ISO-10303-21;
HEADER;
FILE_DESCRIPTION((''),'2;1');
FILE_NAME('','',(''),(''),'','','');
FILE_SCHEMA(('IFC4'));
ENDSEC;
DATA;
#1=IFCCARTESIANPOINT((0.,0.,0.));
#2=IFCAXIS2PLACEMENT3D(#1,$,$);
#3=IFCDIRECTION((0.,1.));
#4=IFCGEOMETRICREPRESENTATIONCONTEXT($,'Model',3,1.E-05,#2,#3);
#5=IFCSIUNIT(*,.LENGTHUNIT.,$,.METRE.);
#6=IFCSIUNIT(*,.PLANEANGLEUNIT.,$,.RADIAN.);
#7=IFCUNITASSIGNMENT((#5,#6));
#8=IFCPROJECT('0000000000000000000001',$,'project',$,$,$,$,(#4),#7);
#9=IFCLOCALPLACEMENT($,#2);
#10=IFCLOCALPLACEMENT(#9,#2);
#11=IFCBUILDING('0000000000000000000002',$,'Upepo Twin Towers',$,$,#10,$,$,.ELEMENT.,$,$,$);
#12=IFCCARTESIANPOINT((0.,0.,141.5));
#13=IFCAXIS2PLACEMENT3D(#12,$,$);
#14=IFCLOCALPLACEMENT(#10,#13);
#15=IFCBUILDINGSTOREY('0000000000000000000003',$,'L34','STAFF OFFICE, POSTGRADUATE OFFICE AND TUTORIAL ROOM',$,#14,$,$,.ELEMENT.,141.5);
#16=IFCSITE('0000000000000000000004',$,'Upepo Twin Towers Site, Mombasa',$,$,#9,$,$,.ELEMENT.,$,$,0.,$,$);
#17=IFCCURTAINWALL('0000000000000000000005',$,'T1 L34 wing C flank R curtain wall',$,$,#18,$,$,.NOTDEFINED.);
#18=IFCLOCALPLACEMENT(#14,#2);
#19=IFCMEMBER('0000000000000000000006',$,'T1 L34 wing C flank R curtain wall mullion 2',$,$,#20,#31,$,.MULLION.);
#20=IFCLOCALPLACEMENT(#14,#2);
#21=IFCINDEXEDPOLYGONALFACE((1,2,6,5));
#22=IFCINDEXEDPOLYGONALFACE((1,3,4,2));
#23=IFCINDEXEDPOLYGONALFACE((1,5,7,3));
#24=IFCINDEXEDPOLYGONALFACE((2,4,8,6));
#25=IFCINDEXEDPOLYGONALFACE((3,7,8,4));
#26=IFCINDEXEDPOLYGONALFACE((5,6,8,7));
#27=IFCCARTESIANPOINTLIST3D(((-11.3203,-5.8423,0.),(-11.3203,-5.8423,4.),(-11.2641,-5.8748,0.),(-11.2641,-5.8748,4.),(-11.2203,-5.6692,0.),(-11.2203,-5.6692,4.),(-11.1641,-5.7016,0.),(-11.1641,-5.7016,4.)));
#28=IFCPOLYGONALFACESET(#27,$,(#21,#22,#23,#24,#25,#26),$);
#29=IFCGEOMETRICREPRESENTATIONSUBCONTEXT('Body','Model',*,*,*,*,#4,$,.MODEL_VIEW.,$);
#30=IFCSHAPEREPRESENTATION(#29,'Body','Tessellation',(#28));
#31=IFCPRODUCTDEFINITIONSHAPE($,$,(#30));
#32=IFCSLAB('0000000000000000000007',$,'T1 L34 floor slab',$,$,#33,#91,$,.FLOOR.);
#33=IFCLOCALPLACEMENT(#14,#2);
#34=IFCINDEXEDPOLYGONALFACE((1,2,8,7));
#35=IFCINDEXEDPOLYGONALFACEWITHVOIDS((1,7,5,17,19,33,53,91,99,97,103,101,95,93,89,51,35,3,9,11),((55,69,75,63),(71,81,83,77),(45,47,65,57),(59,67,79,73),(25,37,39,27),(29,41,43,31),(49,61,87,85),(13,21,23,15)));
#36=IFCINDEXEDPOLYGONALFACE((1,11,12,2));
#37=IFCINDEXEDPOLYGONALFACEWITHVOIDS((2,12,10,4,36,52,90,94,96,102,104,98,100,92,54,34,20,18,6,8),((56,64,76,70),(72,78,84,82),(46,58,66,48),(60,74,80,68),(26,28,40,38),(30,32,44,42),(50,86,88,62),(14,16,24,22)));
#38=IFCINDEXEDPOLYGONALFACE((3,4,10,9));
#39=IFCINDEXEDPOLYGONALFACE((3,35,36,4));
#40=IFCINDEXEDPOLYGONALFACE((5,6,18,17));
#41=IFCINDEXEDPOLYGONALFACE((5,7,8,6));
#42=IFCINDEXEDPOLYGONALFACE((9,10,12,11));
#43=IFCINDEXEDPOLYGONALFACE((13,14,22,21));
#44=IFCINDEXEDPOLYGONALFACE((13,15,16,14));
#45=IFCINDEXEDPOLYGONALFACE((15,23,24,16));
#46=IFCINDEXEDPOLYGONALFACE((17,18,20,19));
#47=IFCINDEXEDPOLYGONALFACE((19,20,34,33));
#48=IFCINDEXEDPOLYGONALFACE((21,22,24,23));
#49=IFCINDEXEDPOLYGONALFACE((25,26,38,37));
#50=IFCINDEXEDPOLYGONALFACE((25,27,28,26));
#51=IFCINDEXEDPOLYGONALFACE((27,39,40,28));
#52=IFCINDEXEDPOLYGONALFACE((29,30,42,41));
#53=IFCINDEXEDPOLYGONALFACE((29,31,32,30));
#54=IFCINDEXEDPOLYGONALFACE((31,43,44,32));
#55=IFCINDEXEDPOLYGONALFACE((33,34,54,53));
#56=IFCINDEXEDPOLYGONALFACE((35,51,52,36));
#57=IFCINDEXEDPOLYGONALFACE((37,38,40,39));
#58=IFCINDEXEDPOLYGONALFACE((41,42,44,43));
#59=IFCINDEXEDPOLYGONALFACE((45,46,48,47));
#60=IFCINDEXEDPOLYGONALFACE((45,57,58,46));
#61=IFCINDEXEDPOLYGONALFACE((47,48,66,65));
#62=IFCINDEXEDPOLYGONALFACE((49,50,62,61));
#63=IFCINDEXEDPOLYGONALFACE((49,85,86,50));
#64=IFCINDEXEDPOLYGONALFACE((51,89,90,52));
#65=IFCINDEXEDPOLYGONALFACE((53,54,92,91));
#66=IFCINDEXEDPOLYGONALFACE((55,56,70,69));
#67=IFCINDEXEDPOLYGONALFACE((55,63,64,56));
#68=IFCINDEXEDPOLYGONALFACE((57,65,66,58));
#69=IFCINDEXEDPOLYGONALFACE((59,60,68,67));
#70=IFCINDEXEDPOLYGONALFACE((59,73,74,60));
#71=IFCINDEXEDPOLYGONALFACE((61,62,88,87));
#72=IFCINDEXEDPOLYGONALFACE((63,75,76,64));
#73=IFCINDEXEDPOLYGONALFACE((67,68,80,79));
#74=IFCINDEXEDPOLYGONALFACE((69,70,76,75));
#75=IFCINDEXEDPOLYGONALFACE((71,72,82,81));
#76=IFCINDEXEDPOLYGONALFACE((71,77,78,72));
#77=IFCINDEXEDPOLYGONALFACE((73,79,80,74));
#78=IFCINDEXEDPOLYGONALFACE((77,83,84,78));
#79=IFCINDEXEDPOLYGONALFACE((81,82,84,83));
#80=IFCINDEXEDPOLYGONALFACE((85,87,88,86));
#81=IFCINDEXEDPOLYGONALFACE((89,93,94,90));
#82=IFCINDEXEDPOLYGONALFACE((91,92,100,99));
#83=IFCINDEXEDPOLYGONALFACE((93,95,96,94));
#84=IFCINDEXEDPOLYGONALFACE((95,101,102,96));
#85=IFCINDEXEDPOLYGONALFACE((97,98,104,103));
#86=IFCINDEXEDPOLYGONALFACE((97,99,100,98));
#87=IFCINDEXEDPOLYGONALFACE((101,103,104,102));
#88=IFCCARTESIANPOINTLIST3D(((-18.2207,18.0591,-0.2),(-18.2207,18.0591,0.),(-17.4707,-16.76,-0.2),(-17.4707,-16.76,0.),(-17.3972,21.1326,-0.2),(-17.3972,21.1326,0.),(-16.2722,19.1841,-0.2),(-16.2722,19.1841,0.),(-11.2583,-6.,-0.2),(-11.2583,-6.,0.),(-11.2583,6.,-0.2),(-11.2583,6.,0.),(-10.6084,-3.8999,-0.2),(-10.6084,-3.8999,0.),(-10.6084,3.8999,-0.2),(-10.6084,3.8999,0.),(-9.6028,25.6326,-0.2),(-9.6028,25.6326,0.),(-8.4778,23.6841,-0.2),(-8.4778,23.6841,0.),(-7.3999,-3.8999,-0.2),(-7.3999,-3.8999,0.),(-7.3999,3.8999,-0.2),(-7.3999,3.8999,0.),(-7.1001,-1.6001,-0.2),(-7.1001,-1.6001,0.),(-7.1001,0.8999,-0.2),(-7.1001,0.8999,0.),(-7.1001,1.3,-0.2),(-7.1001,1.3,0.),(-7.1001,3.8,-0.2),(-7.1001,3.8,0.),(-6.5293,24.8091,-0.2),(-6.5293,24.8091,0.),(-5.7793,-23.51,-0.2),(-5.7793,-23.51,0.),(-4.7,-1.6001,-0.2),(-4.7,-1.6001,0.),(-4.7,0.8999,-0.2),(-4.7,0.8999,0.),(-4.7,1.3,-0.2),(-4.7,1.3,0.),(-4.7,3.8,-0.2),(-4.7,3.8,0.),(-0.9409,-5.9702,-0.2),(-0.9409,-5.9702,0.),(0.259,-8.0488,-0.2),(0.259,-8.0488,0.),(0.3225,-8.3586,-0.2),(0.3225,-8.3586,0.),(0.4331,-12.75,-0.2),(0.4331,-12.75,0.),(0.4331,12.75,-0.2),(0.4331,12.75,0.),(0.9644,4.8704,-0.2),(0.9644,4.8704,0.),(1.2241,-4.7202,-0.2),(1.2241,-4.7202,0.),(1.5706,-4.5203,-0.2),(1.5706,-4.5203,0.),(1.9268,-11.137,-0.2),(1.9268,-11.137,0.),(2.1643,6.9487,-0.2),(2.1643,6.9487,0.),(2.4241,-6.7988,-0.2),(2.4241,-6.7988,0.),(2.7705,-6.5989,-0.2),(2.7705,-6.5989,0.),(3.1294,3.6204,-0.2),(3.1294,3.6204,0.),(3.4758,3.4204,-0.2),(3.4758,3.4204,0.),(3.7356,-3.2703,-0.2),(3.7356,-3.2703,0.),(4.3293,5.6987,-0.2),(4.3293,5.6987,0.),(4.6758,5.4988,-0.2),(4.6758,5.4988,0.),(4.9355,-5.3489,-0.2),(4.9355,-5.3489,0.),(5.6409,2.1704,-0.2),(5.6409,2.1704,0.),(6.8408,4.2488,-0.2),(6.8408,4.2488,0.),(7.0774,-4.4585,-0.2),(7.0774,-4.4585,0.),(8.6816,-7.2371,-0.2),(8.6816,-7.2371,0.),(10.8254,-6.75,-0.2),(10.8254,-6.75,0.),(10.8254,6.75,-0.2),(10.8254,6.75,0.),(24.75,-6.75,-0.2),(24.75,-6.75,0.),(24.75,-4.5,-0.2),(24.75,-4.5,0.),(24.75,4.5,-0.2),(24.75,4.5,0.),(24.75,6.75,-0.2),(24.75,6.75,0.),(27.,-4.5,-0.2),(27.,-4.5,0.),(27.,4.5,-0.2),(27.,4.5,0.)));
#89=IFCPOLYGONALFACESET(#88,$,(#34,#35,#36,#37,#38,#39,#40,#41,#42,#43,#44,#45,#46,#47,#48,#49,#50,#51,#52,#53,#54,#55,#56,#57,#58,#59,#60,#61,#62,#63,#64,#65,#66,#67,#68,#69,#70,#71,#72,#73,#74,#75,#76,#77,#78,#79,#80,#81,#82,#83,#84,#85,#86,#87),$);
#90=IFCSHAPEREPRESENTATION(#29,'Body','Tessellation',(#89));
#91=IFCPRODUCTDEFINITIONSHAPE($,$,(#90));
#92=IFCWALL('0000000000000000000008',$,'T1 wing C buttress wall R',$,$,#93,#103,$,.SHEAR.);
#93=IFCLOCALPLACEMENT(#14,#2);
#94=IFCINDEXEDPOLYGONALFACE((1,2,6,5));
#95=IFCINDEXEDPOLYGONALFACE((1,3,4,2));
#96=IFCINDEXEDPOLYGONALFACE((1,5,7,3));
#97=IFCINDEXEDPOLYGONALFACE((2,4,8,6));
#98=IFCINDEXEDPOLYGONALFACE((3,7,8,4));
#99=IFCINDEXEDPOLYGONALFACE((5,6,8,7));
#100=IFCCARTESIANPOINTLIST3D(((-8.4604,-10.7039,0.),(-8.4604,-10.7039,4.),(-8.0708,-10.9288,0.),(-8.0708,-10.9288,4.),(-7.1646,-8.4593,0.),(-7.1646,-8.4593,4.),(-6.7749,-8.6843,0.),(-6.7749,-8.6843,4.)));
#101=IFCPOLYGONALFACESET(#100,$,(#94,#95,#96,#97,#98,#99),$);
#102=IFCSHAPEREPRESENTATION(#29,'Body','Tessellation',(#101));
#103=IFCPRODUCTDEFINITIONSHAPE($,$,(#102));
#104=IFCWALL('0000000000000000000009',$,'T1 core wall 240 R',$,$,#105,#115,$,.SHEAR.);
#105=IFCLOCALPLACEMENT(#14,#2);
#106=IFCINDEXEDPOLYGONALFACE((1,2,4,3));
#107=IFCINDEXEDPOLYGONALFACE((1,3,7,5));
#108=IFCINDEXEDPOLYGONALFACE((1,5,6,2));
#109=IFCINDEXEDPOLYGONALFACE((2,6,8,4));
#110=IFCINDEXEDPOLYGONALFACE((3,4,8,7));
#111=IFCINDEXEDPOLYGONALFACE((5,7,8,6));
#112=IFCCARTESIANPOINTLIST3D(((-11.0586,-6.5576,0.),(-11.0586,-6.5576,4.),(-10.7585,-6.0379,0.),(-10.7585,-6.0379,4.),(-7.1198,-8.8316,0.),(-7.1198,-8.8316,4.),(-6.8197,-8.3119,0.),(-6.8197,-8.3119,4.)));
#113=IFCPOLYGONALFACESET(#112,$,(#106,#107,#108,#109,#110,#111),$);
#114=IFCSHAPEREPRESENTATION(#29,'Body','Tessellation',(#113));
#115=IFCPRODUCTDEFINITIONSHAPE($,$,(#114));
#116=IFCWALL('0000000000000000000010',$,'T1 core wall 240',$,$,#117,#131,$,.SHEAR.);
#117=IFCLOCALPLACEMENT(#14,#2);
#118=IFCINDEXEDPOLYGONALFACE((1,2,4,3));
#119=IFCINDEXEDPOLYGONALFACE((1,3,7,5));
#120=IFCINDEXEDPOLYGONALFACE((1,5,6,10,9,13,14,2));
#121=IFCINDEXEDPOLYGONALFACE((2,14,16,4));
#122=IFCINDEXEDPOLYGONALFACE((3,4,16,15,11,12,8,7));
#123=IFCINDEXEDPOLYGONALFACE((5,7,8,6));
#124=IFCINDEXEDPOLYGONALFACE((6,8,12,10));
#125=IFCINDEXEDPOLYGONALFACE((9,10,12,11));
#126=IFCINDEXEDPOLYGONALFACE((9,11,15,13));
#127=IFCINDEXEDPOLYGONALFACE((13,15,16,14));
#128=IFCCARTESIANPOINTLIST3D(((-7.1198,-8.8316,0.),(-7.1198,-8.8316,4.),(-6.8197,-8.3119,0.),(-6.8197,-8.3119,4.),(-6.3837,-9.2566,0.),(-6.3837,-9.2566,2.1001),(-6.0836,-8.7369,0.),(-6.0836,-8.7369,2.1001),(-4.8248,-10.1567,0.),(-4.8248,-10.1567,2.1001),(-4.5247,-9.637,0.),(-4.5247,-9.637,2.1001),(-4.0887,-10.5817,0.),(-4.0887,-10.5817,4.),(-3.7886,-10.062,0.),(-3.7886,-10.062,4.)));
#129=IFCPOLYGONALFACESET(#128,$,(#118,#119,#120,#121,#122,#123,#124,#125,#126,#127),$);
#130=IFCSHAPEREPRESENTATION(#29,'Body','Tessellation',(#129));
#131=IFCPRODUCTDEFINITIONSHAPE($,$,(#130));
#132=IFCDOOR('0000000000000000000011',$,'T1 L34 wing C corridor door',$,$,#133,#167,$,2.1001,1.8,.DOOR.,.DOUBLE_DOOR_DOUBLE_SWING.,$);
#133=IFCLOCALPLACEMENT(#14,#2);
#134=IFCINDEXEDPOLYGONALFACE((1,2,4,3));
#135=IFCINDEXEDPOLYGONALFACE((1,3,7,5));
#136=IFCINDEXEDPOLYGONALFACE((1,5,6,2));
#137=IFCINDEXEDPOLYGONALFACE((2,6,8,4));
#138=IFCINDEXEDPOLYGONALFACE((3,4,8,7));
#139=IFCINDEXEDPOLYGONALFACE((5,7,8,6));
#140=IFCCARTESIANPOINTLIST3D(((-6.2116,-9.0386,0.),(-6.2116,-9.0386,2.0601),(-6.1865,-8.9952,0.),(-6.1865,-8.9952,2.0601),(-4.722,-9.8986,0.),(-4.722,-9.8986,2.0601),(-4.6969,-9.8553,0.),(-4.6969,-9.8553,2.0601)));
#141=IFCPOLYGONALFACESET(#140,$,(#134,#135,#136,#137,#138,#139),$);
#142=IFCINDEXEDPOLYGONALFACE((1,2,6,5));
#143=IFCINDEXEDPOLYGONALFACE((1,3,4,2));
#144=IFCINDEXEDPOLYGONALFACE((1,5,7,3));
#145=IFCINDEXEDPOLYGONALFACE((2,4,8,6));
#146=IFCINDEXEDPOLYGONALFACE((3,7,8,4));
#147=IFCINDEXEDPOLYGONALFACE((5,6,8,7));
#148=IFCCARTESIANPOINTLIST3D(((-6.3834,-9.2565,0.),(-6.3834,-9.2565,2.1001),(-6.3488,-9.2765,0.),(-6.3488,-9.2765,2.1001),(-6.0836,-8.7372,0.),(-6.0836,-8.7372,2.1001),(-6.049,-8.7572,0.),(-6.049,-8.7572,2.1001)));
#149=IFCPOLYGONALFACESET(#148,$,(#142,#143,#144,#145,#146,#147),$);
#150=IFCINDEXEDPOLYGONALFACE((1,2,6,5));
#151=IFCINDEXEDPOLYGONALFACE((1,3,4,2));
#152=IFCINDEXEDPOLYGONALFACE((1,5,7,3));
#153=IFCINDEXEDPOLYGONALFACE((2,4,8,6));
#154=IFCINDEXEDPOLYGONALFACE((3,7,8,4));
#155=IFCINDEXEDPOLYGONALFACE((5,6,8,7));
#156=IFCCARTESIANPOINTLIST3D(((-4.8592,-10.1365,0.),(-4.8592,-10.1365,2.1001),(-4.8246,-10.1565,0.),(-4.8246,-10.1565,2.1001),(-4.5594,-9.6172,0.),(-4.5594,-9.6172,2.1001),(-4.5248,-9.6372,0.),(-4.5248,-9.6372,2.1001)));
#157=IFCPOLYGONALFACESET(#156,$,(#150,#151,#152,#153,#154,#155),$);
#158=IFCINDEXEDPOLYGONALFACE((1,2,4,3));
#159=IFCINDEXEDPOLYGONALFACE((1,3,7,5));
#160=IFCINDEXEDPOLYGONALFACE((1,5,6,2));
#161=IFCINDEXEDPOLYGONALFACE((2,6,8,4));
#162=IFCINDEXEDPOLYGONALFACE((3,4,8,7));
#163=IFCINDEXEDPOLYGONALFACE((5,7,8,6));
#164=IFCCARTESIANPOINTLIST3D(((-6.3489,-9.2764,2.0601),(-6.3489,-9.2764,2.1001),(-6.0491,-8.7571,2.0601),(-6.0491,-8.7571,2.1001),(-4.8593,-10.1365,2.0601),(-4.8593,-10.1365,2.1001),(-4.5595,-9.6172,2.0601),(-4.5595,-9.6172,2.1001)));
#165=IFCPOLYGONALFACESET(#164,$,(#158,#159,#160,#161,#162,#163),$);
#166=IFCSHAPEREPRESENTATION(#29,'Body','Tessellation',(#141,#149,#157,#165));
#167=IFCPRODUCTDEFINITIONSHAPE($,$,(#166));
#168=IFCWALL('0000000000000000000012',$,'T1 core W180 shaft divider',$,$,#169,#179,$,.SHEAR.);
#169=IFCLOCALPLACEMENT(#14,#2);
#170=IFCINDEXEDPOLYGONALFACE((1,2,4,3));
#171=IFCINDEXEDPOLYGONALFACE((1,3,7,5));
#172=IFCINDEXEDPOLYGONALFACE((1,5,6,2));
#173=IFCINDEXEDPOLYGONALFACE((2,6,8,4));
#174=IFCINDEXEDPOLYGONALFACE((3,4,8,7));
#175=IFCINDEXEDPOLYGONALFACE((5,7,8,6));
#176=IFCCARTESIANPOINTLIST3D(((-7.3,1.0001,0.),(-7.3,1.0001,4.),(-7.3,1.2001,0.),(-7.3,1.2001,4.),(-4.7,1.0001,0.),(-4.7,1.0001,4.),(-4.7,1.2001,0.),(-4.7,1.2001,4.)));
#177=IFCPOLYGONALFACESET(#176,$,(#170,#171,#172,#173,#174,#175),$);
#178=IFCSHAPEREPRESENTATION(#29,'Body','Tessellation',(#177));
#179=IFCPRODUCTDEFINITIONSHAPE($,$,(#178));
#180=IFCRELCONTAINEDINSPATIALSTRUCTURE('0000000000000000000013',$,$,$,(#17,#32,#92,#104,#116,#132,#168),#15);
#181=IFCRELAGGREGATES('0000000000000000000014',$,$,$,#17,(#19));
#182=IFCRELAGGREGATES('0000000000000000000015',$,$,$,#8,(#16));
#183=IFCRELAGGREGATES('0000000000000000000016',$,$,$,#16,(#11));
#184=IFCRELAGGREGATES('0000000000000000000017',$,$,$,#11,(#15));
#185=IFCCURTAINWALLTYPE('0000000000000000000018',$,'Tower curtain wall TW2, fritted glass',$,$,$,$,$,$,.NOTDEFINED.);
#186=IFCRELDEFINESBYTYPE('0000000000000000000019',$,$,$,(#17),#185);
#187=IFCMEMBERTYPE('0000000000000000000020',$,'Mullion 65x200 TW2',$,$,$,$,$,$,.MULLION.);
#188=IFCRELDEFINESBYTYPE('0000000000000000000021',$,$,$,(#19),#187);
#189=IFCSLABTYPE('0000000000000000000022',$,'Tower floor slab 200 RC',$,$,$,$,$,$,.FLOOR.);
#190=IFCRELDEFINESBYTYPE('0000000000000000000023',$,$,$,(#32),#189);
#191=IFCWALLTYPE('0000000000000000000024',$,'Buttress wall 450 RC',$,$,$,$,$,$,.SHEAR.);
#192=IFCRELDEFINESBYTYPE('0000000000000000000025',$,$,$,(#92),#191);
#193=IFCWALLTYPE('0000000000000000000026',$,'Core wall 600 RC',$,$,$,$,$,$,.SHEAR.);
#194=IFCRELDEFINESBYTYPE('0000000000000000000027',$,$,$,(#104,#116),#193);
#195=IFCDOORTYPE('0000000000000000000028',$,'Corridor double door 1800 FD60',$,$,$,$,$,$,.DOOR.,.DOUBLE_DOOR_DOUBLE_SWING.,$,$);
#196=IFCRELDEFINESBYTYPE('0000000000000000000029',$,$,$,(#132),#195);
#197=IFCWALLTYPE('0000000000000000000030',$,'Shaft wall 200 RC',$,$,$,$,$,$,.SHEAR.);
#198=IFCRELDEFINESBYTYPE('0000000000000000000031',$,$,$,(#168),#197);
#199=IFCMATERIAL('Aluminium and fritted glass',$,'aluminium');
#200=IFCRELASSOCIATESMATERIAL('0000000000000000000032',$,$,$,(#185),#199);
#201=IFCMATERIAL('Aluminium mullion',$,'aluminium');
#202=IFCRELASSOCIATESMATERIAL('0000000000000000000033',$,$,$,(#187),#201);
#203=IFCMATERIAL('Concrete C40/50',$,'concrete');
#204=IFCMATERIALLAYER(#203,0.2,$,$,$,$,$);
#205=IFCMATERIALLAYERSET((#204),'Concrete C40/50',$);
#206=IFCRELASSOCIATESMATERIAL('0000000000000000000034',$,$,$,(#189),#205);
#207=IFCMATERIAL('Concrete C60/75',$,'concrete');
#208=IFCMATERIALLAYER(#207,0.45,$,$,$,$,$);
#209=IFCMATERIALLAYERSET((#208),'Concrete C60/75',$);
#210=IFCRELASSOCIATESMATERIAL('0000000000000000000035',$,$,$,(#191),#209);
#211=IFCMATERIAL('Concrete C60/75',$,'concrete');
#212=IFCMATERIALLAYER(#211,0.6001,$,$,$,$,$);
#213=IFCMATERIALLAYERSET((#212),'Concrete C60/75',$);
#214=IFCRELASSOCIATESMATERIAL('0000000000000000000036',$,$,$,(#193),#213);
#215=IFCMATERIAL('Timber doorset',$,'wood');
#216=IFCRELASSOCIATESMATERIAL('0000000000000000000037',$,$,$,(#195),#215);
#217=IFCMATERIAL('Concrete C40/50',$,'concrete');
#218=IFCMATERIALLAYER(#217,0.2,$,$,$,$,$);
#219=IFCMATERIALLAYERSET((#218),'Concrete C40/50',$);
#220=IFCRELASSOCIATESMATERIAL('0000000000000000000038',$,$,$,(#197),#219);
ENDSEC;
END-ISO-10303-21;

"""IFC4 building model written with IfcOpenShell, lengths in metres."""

from ifc_helpers import new_model, si_unit, direction, frame, frame_2d, origin, origin_2d, place, context, subcontext, project, spatial, polyline, rectangle, outline, extrude, material, layer, layer_set, material_profile, profile_set, type_object, element, fill, aggregate, save


model = new_model("IFC4")

# Units and contexts
model_context = context("Model", 3, precision=1e-05, world=origin(), true_north=direction((0.0, 1.0)))
body_context = subcontext(model_context, "Body", "Model", "MODEL_VIEW")
ifc_project = project(units=[si_unit("LENGTHUNIT", "METRE"), si_unit("PLANEANGLEUNIT", "RADIAN")], contexts=[model_context])

# Site, building, storey
site_placement = place(None, origin())
site = spatial("IfcSite", under=ifc_project, at=site_placement, Name="Upepo Twin Towers Site, Mombasa", CompositionType="ELEMENT", RefElevation=0.0)
building_placement = place(site_placement, origin())
building = spatial("IfcBuilding", under=site, at=building_placement, Name="Upepo Twin Towers", CompositionType="ELEMENT")
storey_placement = place(building_placement, frame((0.0, 0.0, 141.5)))
storey = spatial("IfcBuildingStorey", under=building, at=storey_placement, Name="L34", Description="STAFF OFFICE, POSTGRADUATE OFFICE AND TUTORIAL ROOM", CompositionType="ELEMENT", Elevation=141.5)

# Curtain wall, member
ifc_material_1 = material(Name="Aluminium and fritted glass", Category="aluminium")
curtain_wall_type = type_object("IfcCurtainWallType", Name="Tower curtain wall TW2, fritted glass", PredefinedType="NOTDEFINED", material=ifc_material_1)
curtain_wall_placement = place(storey_placement, origin())
curtain_wall = element("IfcCurtainWall", 1, at=curtain_wall_placement, inside=storey, type_object=curtain_wall_type, Name="T1 L34 wing C flank R curtain wall", PredefinedType="NOTDEFINED")
ifc_material_2 = material(Name="Aluminium mullion", Category="aluminium")
ifc_material_profile = material_profile(ifc_material_2, rectangle(XDim=0.0649, YDim=0.2, at=origin_2d()), Name="MULLION 65x200")
ifc_profile_set = profile_set([ifc_material_profile], Name="Aluminium mullion")
member_type = type_object("IfcMemberType", Name="Mullion 65x200 TW2", PredefinedType="MULLION", material=ifc_profile_set)
member_placement = place(storey_placement, frame((-11.2422, -5.772, 0.0), z_axis=(0.0, 0.0, 1.0), x_axis=(-0.866025, 0.5, 0.0)))
member = element("IfcMember", 2, at=member_placement, type_object=member_type, Name="T1 L34 wing C flank R curtain wall mullion 2", PredefinedType="MULLION", context=body_context, shape_type="SweptSolid", body=[
    extrude(rectangle(XDim=0.0649, YDim=0.2, at=origin_2d()), origin(), (0.0, 0.0, 1.0), 4.0),
])
aggregate(curtain_wall, [member])

# Slab
ifc_material_3 = material(Name="Concrete C40/50", Category="concrete")
ifc_layer_1 = layer(ifc_material_3, 0.2)
ifc_layer_set_1 = layer_set([ifc_layer_1], Name="Concrete C40/50")
slab_type = type_object("IfcSlabType", Name="Tower floor slab 200 RC", PredefinedType="FLOOR", material=ifc_layer_set_1)
slab_placement = place(storey_placement, frame((0.0, 0.0, -0.2)))
element("IfcSlab", 3, at=slab_placement, inside=storey, type_object=slab_type, Name="T1 L34 floor slab", PredefinedType="FLOOR", context=body_context, shape_type="SweptSolid", body=[
    extrude(outline(polyline([(-17.4707, -16.76), (-11.2583, -6.0), (-11.2583, 6.0), (-18.2207, 18.0591), (-16.2722, 19.1841), (-17.3972, 21.1326), (-9.6028, 25.6326), (-8.4778, 23.6841), (-6.5293, 24.8091), (0.4331, 12.75), (10.8254, 6.75), (24.75, 6.75), (24.75, 4.5), (27.0, 4.5), (27.0, -4.5), (24.75, -4.5), (24.75, -6.75), (10.8254, -6.75), (0.4331, -12.75), (-5.7793, -23.51), (-17.4707, -16.76)]), holes=[polyline([(5.6409, 2.1704), (6.8408, 4.2488), (4.6758, 5.4988), (3.4758, 3.4204), (5.6409, 2.1704)]), polyline([(3.1294, 3.6204), (4.3293, 5.6987), (2.1643, 6.9487), (0.9644, 4.8704), (3.1294, 3.6204)]), polyline([(-4.7, 3.8), (-7.1001, 3.8), (-7.1001, 1.3), (-4.7, 1.3), (-4.7, 3.8)]), polyline([(-4.7, 0.8999), (-7.1001, 0.8999), (-7.1001, -1.6001), (-4.7, -1.6001), (-4.7, 0.8999)]), polyline([(-7.3999, 3.8999), (-10.6084, 3.8999), (-10.6084, -3.8999), (-7.3999, -3.8999), (-7.3999, 3.8999)]), polyline([(-0.9409, -5.9702), (0.259, -8.0488), (2.4241, -6.7988), (1.2241, -4.7202), (-0.9409, -5.9702)]), polyline([(1.5706, -4.5203), (2.7705, -6.5989), (4.9355, -5.3489), (3.7356, -3.2703), (1.5706, -4.5203)]), polyline([(0.3225, -8.3586), (1.9268, -11.137), (8.6816, -7.2371), (7.0774, -4.4585), (0.3225, -8.3586)])]), origin(), (0.0, 0.0, 1.0), 0.2),
])

# Walls
ifc_material_4 = material(Name="Concrete C60/75", Category="concrete")
ifc_layer_2 = layer(ifc_material_4, 0.45)
ifc_layer_set_2 = layer_set([ifc_layer_2], Name="Concrete C60/75")
wall_type_1 = type_object("IfcWallType", Name="Buttress wall 450 RC", PredefinedType="SHEAR", material=ifc_layer_set_2)
wall_1_placement = place(storey_placement, frame((-6.9697, -8.5718, 0.0), z_axis=(0.0, 0.0, 1.0), x_axis=(-0.499989, -0.866032, 0.0)))
element("IfcWall", 4, at=wall_1_placement, inside=storey, type_object=wall_type_1, Name="T1 wing C buttress wall R", PredefinedType="SHEAR", context=body_context, shape_type="SweptSolid", body=[
    extrude(rectangle(XDim=2.5918, YDim=0.45, at=frame_2d((1.2959, 0.0))), origin(), (0.0, 0.0, 1.0), 4.0),
])
ifc_material_5 = material(Name="Concrete C60/75", Category="concrete")
ifc_layer_3 = layer(ifc_material_5, 0.6001)
ifc_layer_set_3 = layer_set([ifc_layer_3], Name="Concrete C60/75")
wall_type_2 = type_object("IfcWallType", Name="Core wall 600 RC", PredefinedType="SHEAR", material=ifc_layer_set_3)
wall_2_placement = place(storey_placement, frame((-10.9084, -6.2979, 0.0), z_axis=(0.0, 0.0, 1.0), x_axis=(0.866035, -0.499984, 0.0)))
element("IfcWall", 5, at=wall_2_placement, inside=storey, type_object=wall_type_2, Name="T1 core wall 240 R", PredefinedType="SHEAR", context=body_context, shape_type="SweptSolid", body=[
    extrude(rectangle(XDim=4.5481, YDim=0.6001, at=frame_2d((2.2739, 0.0))), origin(), (0.0, 0.0, 1.0), 4.0),
])

# Wall, opening, door
wall_3_placement = place(storey_placement, frame((-6.9697, -8.5718, 0.0), z_axis=(0.0, 0.0, 1.0), x_axis=(0.866019, -0.50001, 0.0)))
wall_3 = element("IfcWall", 6, at=wall_3_placement, inside=storey, type_object=wall_type_2, Name="T1 core wall 240", PredefinedType="SHEAR", context=body_context, shape_type="SweptSolid", body=[
    extrude(rectangle(XDim=3.5, YDim=0.6001, at=frame_2d((1.75, 0.0))), origin(), (0.0, 0.0, 1.0), 4.0),
])
opening_1_placement = place(wall_3_placement, frame((0.8501, 0.0, 0.0)))
opening_1 = element("IfcOpeningElement", 7, at=opening_1_placement, cuts=wall_3, PredefinedType="OPENING", context=body_context, shape_type="SweptSolid", body=[
    extrude(rectangle(XDim=1.8, YDim=2.1001, at=frame_2d((0.8999, 1.05))), frame((0.0, 0.3101, 0.0), z_axis=(0.0, -1.0, 0.0), x_axis=(1.0, 0.0, 0.0)), (0.0, 0.0, 1.0), 0.6201),
])
ifc_material_6 = material(Name="Timber doorset", Category="wood")
door_type_1 = type_object("IfcDoorType", Name="Corridor double door 1800 FD60", OperationType="DOUBLE_DOOR_DOUBLE_SWING", PredefinedType="DOOR", material=ifc_material_6)
door_1_placement = place(opening_1_placement, origin())
door_1 = element("IfcDoor", 8, at=door_1_placement, inside=storey, type_object=door_type_1, Name="T1 L34 wing C corridor door", OperationType="DOUBLE_DOOR_DOUBLE_SWING", OverallHeight=2.1001, OverallWidth=1.8, PredefinedType="DOOR", context=body_context, shape_type="SweptSolid", body=[
    extrude(rectangle(XDim=1.72, YDim=2.0601, at=frame_2d((0.8999, 1.03))), frame((0.0, 0.0249, 0.0), z_axis=(0.0, -1.0, 0.0), x_axis=(1.0, 0.0, 0.0)), (0.0, 0.0, 1.0), 0.05),
    extrude(rectangle(XDim=0.04, YDim=2.1001, at=frame_2d((0.02, 1.05))), frame((0.0, 0.2998, 0.0), z_axis=(0.0, -1.0, 0.0), x_axis=(1.0, 0.0, 0.0)), (0.0, 0.0, 1.0), 0.5996),
    extrude(rectangle(XDim=0.04, YDim=2.1001, at=frame_2d((1.78, 1.05))), frame((0.0, 0.2998, 0.0), z_axis=(0.0, -1.0, 0.0), x_axis=(1.0, 0.0, 0.0)), (0.0, 0.0, 1.0), 0.5996),
    extrude(rectangle(XDim=1.72, YDim=0.04, at=frame_2d((0.8999, 2.0801))), frame((0.0, 0.2998, 0.0), z_axis=(0.0, -1.0, 0.0), x_axis=(1.0, 0.0, 0.0)), (0.0, 0.0, 1.0), 0.5996),
])
fill(opening_1, door_1)

# Wall
ifc_material_7 = material(Name="Concrete C40/50", Category="concrete")
ifc_layer_4 = layer(ifc_material_7, 0.2)
ifc_layer_set_4 = layer_set([ifc_layer_4], Name="Concrete C40/50")
wall_type_3 = type_object("IfcWallType", Name="Shaft wall 200 RC", PredefinedType="SHEAR", material=ifc_layer_set_4)
wall_4_placement = place(storey_placement, frame((-4.7, 1.1001, 0.0), z_axis=(0.0, 0.0, 1.0), x_axis=(-1.0, 0.0, 0.0)))
element("IfcWall", 9, at=wall_4_placement, inside=storey, type_object=wall_type_3, Name="T1 core W180 shaft divider", PredefinedType="SHEAR", context=body_context, shape_type="SweptSolid", body=[
    extrude(rectangle(XDim=2.6001, YDim=0.2, at=frame_2d((1.3, 0.0))), origin(), (0.0, 0.0, 1.0), 4.0),
])

save(model, "model.ifc")
